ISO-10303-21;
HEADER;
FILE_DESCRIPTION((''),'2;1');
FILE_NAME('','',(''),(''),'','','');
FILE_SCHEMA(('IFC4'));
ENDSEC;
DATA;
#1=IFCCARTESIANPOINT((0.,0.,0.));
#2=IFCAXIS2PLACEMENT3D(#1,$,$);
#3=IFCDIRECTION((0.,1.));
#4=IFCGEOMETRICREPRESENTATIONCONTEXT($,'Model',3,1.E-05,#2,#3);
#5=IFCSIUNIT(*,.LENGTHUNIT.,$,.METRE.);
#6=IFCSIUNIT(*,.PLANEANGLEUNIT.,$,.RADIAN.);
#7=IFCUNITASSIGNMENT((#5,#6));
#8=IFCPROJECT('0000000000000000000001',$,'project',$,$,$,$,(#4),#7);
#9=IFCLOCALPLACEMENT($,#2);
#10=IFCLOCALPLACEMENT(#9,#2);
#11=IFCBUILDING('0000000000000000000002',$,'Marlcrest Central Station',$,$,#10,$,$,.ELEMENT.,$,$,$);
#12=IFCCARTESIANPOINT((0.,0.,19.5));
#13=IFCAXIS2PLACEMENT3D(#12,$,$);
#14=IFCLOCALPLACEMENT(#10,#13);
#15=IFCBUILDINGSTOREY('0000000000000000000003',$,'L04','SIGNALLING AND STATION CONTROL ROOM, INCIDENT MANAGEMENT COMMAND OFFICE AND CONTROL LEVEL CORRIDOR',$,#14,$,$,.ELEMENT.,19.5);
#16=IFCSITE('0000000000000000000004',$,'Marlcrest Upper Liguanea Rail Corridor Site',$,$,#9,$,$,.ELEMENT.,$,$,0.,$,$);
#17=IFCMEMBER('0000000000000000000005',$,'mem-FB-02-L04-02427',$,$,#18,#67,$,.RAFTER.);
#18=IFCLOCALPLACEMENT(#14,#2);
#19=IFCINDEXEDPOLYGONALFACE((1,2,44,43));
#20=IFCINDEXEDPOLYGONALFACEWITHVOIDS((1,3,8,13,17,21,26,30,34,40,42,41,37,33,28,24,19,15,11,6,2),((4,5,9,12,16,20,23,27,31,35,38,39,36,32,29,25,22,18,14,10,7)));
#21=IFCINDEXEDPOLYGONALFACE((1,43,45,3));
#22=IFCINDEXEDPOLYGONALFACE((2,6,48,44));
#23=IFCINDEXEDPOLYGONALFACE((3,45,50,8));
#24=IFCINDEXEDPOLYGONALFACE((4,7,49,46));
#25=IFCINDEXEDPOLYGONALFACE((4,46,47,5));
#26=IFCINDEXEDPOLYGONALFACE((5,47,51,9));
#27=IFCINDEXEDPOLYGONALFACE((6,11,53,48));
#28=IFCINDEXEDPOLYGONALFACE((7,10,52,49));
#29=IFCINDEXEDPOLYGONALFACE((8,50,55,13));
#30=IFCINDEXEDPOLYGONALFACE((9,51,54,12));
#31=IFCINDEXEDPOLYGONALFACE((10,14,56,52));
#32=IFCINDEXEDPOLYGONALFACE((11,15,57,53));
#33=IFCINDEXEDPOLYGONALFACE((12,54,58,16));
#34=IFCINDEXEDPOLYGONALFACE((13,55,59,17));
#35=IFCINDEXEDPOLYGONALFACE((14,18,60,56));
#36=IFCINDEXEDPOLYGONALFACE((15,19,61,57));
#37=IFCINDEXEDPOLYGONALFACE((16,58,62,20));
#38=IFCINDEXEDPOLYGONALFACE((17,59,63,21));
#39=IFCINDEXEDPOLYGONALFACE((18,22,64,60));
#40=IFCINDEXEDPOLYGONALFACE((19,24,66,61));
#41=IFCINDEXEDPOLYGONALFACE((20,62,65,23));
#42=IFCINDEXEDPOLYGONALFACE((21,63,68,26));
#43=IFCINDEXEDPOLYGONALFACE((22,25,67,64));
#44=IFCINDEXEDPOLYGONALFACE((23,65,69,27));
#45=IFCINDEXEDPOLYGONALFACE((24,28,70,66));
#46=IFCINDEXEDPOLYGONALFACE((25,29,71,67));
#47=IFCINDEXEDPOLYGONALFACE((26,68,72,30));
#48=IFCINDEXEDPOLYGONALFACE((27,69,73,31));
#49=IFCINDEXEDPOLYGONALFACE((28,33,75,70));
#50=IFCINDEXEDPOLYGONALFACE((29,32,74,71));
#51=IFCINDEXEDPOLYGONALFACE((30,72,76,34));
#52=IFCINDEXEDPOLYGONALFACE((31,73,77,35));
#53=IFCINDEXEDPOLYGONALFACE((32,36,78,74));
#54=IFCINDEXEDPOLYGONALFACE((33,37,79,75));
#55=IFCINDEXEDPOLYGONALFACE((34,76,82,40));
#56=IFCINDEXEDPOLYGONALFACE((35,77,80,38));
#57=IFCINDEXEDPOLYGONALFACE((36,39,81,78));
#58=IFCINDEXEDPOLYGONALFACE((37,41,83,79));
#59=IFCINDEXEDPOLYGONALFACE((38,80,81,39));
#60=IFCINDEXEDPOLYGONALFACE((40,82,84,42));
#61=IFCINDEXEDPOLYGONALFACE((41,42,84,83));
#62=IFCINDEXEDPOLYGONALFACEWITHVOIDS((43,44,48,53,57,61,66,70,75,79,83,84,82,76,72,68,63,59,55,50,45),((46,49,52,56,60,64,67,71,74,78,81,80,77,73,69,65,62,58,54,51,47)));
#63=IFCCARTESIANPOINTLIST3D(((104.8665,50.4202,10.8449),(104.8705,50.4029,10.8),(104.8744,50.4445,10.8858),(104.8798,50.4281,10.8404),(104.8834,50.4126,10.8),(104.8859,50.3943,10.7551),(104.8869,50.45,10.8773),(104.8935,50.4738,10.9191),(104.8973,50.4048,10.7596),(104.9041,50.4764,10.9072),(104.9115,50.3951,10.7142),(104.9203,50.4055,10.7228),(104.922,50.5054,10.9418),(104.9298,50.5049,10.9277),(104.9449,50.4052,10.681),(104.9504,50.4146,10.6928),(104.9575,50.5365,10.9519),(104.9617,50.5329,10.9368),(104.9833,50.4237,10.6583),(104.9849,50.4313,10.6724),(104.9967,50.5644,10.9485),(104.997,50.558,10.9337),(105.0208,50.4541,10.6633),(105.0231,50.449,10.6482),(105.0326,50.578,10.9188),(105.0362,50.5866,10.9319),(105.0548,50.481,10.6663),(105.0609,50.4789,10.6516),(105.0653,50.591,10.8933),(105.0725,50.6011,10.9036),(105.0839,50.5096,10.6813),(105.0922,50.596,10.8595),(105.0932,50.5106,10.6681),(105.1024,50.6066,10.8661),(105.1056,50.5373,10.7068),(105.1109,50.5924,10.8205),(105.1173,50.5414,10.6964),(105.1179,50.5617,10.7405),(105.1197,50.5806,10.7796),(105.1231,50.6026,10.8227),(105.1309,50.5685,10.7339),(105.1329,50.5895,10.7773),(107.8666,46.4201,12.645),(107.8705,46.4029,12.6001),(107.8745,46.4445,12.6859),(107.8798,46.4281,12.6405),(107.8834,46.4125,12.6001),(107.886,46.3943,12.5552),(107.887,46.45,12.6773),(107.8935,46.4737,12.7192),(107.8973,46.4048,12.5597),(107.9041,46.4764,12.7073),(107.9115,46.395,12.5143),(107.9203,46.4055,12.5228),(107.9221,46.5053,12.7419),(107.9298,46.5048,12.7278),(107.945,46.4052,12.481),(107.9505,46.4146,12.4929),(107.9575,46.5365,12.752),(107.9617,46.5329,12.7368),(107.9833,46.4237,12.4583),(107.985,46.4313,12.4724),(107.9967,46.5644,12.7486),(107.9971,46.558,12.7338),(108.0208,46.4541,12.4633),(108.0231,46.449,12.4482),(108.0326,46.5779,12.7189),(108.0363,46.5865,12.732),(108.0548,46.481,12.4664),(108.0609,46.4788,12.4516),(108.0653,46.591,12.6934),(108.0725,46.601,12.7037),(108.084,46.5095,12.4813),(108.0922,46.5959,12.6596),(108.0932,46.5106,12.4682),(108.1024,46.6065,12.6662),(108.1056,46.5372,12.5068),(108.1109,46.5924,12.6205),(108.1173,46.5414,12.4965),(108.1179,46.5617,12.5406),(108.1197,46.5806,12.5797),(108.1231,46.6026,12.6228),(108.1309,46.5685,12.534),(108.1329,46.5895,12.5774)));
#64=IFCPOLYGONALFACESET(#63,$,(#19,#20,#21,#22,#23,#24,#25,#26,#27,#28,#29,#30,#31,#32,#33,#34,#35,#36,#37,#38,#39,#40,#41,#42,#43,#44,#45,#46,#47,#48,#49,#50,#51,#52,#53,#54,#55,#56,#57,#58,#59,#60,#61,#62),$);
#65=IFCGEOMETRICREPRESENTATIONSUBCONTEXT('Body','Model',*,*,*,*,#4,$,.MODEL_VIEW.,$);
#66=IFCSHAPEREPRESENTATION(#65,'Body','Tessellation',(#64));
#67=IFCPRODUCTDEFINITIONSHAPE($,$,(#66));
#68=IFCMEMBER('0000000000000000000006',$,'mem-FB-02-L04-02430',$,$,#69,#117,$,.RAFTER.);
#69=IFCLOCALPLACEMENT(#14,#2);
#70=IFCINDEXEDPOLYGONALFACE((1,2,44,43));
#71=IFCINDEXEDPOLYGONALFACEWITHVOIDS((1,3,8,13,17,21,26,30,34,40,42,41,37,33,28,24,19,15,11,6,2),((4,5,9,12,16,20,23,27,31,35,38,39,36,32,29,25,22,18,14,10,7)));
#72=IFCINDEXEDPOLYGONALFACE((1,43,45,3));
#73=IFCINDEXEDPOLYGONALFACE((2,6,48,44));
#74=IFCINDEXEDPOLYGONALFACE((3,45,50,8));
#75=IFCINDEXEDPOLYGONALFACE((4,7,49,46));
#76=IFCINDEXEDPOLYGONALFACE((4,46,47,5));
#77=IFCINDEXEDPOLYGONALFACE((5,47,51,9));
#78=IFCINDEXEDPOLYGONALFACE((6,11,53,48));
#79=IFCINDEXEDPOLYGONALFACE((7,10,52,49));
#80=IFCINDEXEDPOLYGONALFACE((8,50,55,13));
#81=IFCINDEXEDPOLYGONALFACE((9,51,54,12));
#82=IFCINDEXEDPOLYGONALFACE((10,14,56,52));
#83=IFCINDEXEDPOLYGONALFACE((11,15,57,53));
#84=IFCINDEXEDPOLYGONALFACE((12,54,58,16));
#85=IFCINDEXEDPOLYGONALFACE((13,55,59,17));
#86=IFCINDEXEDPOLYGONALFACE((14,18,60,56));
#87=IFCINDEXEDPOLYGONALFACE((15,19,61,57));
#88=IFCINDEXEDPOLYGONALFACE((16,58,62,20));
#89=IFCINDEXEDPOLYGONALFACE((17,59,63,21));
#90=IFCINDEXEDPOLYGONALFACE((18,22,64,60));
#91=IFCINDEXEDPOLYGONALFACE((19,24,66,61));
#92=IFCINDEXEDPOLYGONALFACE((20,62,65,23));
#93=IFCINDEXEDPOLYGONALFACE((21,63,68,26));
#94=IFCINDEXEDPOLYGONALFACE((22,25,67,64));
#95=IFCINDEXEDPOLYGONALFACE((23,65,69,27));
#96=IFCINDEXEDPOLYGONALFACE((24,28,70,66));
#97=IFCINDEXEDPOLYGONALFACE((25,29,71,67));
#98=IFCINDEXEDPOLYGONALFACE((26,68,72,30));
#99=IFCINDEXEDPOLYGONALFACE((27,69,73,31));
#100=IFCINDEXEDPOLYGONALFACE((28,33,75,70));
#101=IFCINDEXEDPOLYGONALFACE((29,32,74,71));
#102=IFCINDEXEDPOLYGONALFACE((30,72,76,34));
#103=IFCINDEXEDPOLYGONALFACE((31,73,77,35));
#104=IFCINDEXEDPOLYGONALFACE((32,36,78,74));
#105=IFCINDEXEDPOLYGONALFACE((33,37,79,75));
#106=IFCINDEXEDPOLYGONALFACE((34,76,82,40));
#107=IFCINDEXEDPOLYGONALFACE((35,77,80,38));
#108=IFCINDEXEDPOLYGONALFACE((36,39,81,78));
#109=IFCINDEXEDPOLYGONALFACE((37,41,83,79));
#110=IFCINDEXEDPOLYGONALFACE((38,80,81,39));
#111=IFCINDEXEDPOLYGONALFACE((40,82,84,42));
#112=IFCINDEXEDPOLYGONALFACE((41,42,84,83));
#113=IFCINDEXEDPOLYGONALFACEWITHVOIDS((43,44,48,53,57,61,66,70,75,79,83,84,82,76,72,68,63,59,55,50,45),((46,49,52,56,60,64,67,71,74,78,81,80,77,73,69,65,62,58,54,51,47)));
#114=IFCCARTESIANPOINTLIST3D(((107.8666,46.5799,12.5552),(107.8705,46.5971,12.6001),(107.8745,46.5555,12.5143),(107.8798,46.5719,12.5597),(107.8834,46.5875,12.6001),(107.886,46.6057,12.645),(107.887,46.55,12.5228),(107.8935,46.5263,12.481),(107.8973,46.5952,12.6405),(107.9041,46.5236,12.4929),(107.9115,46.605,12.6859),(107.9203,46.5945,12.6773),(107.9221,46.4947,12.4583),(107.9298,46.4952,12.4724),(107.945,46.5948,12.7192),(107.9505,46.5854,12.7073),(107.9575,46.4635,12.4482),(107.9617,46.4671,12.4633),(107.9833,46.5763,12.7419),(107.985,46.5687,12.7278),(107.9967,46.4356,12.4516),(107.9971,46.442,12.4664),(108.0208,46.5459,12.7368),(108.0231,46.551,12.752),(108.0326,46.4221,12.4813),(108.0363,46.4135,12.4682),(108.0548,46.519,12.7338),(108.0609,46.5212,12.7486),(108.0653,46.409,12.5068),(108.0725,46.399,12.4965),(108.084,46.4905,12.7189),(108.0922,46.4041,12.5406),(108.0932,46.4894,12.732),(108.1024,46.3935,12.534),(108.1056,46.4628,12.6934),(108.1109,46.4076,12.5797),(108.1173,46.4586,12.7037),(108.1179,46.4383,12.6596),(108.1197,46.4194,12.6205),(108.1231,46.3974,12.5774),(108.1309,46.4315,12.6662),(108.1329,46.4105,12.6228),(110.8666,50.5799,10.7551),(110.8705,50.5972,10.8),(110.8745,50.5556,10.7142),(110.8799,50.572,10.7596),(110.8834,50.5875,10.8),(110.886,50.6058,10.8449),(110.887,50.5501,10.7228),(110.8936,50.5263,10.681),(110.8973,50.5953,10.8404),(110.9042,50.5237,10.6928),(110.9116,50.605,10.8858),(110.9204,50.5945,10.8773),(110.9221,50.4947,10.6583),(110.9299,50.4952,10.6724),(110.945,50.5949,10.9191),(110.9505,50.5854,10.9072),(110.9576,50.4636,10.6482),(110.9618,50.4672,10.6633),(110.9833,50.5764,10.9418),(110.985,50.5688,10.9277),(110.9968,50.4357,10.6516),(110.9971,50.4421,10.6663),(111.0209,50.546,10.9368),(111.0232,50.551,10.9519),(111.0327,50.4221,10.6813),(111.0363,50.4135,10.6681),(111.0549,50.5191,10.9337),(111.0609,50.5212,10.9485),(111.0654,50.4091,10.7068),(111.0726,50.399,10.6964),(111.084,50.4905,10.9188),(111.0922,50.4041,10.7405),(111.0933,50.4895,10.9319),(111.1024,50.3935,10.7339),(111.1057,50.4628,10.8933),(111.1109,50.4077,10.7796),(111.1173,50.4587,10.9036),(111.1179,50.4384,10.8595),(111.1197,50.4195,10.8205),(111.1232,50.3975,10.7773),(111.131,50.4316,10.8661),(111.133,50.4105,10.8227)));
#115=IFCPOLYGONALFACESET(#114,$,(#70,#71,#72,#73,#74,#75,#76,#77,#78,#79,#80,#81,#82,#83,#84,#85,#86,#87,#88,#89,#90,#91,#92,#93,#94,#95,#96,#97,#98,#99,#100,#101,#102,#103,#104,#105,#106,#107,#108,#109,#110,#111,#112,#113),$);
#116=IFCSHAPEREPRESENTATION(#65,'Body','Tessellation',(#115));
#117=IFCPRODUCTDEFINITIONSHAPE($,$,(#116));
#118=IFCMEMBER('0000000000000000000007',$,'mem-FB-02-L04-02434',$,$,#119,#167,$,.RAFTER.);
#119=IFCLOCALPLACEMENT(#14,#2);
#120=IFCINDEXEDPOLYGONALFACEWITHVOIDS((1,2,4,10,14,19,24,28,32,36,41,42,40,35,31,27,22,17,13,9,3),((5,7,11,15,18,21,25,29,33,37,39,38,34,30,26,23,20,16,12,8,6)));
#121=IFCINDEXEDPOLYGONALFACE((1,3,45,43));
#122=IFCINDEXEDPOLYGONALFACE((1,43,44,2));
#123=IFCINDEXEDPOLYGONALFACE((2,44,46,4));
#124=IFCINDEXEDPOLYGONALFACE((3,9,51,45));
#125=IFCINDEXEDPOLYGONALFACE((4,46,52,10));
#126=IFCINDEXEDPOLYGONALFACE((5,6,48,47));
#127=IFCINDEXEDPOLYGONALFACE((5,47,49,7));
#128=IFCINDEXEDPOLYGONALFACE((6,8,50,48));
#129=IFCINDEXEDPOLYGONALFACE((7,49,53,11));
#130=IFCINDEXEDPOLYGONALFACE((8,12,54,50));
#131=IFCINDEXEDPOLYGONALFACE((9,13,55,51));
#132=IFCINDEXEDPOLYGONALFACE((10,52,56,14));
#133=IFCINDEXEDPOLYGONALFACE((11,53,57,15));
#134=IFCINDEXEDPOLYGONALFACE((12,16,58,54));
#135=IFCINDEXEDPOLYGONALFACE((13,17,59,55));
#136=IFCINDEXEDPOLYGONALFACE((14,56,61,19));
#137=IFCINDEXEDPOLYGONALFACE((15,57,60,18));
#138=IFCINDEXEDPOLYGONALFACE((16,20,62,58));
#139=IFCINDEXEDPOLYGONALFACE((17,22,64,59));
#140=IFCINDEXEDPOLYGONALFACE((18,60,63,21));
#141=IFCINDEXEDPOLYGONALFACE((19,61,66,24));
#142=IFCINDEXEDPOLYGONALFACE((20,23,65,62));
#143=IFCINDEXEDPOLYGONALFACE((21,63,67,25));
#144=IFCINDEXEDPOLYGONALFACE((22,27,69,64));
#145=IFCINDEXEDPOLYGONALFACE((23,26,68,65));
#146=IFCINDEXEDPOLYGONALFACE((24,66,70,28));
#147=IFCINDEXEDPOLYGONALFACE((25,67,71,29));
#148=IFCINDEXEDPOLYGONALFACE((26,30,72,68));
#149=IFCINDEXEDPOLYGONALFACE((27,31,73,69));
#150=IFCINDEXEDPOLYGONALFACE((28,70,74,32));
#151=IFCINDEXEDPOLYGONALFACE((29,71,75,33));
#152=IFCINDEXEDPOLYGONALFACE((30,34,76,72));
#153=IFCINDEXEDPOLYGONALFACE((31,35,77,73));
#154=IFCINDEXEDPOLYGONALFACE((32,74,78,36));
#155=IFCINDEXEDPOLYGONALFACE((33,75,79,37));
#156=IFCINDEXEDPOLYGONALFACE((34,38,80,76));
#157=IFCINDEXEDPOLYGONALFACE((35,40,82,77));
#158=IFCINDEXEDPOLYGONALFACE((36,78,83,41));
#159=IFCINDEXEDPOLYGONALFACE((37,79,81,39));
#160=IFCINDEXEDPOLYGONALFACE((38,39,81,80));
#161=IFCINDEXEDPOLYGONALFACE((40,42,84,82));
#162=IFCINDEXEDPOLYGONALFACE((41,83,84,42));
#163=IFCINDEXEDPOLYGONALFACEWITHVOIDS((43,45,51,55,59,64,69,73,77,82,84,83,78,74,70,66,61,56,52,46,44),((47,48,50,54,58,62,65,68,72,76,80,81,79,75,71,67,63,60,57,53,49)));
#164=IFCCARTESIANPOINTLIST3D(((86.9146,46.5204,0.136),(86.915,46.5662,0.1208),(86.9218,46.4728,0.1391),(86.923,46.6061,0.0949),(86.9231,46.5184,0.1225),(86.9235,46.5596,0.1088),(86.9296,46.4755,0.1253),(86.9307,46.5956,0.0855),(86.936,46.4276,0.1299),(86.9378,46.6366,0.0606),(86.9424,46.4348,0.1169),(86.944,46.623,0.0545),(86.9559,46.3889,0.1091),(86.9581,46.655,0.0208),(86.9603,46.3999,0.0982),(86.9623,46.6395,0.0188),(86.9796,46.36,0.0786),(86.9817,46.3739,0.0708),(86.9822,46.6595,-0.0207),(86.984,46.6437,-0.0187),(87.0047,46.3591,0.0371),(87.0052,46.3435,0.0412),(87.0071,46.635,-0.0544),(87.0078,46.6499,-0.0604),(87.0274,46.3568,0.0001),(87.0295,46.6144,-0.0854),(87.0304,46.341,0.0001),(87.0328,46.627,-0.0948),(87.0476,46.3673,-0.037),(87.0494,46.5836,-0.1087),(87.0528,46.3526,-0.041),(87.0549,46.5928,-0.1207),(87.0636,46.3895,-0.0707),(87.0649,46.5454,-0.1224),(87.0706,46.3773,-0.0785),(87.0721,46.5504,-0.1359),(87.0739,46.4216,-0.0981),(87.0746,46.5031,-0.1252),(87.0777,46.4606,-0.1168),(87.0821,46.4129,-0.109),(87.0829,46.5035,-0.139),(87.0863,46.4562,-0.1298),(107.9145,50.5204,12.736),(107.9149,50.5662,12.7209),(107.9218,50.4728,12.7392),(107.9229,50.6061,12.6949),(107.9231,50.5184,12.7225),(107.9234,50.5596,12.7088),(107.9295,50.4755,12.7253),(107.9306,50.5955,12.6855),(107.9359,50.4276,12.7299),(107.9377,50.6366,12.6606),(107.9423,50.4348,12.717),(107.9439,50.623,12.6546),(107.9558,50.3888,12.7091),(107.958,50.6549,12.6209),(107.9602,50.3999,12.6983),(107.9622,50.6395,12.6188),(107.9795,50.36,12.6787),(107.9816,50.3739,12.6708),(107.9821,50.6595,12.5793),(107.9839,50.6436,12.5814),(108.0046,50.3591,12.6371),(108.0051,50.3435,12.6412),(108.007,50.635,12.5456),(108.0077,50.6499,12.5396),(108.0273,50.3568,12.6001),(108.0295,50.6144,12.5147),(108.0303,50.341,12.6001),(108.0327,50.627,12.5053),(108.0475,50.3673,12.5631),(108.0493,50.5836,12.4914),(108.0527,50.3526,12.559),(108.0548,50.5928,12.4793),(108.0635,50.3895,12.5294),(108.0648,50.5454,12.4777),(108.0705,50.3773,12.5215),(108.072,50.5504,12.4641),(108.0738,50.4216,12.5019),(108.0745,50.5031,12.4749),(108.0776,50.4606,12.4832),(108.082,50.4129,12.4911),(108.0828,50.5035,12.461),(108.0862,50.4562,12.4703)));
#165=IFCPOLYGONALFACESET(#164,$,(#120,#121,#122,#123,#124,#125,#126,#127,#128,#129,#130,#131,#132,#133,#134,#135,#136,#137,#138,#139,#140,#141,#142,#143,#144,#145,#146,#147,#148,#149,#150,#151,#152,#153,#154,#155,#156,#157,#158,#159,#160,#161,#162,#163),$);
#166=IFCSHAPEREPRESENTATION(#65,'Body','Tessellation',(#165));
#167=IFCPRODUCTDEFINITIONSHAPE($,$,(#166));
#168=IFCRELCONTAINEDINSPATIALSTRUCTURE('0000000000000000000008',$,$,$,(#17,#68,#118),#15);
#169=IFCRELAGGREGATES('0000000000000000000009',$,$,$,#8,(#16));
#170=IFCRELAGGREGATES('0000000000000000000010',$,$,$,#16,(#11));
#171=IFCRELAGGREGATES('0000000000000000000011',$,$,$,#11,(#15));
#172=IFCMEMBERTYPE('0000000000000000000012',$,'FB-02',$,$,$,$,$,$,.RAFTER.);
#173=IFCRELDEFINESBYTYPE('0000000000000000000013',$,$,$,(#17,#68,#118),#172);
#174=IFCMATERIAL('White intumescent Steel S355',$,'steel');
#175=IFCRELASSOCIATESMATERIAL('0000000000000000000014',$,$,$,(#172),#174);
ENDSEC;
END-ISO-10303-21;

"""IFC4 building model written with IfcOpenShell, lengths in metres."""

from ifc_helpers import new_model, si_unit, direction, frame, origin, origin_2d, place, context, subcontext, project, spatial, hollow_circle, extrude, material, material_profile, profile_set, type_object, element, save


model = new_model("IFC4")

# Units and contexts
model_context = context("Model", 3, precision=1e-05, world=origin(), true_north=direction((0.0, 1.0)))
body_context = subcontext(model_context, "Body", "Model", "MODEL_VIEW")
ifc_project = project(units=[si_unit("LENGTHUNIT", "METRE"), si_unit("PLANEANGLEUNIT", "RADIAN")], contexts=[model_context])

# Site, building, storey
site_placement = place(None, origin())
site = spatial("IfcSite", under=ifc_project, at=site_placement, Name="Marlcrest Upper Liguanea Rail Corridor Site", CompositionType="ELEMENT", RefElevation=0.0)
building_placement = place(site_placement, origin())
building = spatial("IfcBuilding", under=site, at=building_placement, Name="Marlcrest Central Station", CompositionType="ELEMENT")
storey_placement = place(building_placement, frame((0.0, 0.0, 19.5)))
storey = spatial("IfcBuildingStorey", under=building, at=storey_placement, Name="L04", Description="SIGNALLING AND STATION CONTROL ROOM, INCIDENT MANAGEMENT COMMAND OFFICE AND CONTROL LEVEL CORRIDOR", CompositionType="ELEMENT", Elevation=19.5)

# Members
ifc_material_1 = material(Name="White intumescent Steel S355", Category="steel")
ifc_material_profile_1 = material_profile(ifc_material_1, hollow_circle(Radius=0.1619, WallThickness=0.0161, at=origin_2d()), Name="CHS 323.9x16")
ifc_profile_set_1 = profile_set([ifc_material_profile_1], Name="White intumescent Steel S355")
member_type_1 = type_object("IfcMemberType", Name="FB-02", PredefinedType="RAFTER", material=ifc_profile_set_1)
for number, where, z_axis, x_axis, name in (
    (1, (108.0, 46.5, 12.6001), (-0.564531, 0.752708, -0.338728), (-0.8, -0.6, 0.0), "mem-FB-02-L04-02427"),
    (2, (108.0, 46.5, 12.6001), (0.564531, 0.752708, -0.338728), (-0.8, 0.6, 0.0), "mem-FB-02-L04-02430"),
):
    element("IfcMember", number, at=place(storey_placement, frame(where, z_axis=z_axis, x_axis=x_axis)), inside=storey, type_object=member_type_1, Name=name, PredefinedType="RAFTER", context=body_context, shape_type="SweptSolid", body=[
        extrude(hollow_circle(Radius=0.1619, WallThickness=0.0161, at=origin_2d()), origin(), (0.0, 0.0, 1.0), 5.3142),
    ])
for number, where, z_axis, x_axis, name in (
    (3, (108.0, 50.5, 12.6001), (-0.846277, -0.161196, -0.50777), (0.187112, -0.982339, 0.0), "mem-FB-02-L04-02434"),
):
    element("IfcMember", number, at=place(storey_placement, frame(where, z_axis=z_axis, x_axis=x_axis)), inside=storey, type_object=member_type_1, Name=name, PredefinedType="RAFTER", context=body_context, shape_type="SweptSolid", body=[
        extrude(hollow_circle(Radius=0.1619, WallThickness=0.0161, at=origin_2d()), origin(), (0.0, 0.0, 1.0), 24.8145),
    ])

save(model, "model.ifc")
